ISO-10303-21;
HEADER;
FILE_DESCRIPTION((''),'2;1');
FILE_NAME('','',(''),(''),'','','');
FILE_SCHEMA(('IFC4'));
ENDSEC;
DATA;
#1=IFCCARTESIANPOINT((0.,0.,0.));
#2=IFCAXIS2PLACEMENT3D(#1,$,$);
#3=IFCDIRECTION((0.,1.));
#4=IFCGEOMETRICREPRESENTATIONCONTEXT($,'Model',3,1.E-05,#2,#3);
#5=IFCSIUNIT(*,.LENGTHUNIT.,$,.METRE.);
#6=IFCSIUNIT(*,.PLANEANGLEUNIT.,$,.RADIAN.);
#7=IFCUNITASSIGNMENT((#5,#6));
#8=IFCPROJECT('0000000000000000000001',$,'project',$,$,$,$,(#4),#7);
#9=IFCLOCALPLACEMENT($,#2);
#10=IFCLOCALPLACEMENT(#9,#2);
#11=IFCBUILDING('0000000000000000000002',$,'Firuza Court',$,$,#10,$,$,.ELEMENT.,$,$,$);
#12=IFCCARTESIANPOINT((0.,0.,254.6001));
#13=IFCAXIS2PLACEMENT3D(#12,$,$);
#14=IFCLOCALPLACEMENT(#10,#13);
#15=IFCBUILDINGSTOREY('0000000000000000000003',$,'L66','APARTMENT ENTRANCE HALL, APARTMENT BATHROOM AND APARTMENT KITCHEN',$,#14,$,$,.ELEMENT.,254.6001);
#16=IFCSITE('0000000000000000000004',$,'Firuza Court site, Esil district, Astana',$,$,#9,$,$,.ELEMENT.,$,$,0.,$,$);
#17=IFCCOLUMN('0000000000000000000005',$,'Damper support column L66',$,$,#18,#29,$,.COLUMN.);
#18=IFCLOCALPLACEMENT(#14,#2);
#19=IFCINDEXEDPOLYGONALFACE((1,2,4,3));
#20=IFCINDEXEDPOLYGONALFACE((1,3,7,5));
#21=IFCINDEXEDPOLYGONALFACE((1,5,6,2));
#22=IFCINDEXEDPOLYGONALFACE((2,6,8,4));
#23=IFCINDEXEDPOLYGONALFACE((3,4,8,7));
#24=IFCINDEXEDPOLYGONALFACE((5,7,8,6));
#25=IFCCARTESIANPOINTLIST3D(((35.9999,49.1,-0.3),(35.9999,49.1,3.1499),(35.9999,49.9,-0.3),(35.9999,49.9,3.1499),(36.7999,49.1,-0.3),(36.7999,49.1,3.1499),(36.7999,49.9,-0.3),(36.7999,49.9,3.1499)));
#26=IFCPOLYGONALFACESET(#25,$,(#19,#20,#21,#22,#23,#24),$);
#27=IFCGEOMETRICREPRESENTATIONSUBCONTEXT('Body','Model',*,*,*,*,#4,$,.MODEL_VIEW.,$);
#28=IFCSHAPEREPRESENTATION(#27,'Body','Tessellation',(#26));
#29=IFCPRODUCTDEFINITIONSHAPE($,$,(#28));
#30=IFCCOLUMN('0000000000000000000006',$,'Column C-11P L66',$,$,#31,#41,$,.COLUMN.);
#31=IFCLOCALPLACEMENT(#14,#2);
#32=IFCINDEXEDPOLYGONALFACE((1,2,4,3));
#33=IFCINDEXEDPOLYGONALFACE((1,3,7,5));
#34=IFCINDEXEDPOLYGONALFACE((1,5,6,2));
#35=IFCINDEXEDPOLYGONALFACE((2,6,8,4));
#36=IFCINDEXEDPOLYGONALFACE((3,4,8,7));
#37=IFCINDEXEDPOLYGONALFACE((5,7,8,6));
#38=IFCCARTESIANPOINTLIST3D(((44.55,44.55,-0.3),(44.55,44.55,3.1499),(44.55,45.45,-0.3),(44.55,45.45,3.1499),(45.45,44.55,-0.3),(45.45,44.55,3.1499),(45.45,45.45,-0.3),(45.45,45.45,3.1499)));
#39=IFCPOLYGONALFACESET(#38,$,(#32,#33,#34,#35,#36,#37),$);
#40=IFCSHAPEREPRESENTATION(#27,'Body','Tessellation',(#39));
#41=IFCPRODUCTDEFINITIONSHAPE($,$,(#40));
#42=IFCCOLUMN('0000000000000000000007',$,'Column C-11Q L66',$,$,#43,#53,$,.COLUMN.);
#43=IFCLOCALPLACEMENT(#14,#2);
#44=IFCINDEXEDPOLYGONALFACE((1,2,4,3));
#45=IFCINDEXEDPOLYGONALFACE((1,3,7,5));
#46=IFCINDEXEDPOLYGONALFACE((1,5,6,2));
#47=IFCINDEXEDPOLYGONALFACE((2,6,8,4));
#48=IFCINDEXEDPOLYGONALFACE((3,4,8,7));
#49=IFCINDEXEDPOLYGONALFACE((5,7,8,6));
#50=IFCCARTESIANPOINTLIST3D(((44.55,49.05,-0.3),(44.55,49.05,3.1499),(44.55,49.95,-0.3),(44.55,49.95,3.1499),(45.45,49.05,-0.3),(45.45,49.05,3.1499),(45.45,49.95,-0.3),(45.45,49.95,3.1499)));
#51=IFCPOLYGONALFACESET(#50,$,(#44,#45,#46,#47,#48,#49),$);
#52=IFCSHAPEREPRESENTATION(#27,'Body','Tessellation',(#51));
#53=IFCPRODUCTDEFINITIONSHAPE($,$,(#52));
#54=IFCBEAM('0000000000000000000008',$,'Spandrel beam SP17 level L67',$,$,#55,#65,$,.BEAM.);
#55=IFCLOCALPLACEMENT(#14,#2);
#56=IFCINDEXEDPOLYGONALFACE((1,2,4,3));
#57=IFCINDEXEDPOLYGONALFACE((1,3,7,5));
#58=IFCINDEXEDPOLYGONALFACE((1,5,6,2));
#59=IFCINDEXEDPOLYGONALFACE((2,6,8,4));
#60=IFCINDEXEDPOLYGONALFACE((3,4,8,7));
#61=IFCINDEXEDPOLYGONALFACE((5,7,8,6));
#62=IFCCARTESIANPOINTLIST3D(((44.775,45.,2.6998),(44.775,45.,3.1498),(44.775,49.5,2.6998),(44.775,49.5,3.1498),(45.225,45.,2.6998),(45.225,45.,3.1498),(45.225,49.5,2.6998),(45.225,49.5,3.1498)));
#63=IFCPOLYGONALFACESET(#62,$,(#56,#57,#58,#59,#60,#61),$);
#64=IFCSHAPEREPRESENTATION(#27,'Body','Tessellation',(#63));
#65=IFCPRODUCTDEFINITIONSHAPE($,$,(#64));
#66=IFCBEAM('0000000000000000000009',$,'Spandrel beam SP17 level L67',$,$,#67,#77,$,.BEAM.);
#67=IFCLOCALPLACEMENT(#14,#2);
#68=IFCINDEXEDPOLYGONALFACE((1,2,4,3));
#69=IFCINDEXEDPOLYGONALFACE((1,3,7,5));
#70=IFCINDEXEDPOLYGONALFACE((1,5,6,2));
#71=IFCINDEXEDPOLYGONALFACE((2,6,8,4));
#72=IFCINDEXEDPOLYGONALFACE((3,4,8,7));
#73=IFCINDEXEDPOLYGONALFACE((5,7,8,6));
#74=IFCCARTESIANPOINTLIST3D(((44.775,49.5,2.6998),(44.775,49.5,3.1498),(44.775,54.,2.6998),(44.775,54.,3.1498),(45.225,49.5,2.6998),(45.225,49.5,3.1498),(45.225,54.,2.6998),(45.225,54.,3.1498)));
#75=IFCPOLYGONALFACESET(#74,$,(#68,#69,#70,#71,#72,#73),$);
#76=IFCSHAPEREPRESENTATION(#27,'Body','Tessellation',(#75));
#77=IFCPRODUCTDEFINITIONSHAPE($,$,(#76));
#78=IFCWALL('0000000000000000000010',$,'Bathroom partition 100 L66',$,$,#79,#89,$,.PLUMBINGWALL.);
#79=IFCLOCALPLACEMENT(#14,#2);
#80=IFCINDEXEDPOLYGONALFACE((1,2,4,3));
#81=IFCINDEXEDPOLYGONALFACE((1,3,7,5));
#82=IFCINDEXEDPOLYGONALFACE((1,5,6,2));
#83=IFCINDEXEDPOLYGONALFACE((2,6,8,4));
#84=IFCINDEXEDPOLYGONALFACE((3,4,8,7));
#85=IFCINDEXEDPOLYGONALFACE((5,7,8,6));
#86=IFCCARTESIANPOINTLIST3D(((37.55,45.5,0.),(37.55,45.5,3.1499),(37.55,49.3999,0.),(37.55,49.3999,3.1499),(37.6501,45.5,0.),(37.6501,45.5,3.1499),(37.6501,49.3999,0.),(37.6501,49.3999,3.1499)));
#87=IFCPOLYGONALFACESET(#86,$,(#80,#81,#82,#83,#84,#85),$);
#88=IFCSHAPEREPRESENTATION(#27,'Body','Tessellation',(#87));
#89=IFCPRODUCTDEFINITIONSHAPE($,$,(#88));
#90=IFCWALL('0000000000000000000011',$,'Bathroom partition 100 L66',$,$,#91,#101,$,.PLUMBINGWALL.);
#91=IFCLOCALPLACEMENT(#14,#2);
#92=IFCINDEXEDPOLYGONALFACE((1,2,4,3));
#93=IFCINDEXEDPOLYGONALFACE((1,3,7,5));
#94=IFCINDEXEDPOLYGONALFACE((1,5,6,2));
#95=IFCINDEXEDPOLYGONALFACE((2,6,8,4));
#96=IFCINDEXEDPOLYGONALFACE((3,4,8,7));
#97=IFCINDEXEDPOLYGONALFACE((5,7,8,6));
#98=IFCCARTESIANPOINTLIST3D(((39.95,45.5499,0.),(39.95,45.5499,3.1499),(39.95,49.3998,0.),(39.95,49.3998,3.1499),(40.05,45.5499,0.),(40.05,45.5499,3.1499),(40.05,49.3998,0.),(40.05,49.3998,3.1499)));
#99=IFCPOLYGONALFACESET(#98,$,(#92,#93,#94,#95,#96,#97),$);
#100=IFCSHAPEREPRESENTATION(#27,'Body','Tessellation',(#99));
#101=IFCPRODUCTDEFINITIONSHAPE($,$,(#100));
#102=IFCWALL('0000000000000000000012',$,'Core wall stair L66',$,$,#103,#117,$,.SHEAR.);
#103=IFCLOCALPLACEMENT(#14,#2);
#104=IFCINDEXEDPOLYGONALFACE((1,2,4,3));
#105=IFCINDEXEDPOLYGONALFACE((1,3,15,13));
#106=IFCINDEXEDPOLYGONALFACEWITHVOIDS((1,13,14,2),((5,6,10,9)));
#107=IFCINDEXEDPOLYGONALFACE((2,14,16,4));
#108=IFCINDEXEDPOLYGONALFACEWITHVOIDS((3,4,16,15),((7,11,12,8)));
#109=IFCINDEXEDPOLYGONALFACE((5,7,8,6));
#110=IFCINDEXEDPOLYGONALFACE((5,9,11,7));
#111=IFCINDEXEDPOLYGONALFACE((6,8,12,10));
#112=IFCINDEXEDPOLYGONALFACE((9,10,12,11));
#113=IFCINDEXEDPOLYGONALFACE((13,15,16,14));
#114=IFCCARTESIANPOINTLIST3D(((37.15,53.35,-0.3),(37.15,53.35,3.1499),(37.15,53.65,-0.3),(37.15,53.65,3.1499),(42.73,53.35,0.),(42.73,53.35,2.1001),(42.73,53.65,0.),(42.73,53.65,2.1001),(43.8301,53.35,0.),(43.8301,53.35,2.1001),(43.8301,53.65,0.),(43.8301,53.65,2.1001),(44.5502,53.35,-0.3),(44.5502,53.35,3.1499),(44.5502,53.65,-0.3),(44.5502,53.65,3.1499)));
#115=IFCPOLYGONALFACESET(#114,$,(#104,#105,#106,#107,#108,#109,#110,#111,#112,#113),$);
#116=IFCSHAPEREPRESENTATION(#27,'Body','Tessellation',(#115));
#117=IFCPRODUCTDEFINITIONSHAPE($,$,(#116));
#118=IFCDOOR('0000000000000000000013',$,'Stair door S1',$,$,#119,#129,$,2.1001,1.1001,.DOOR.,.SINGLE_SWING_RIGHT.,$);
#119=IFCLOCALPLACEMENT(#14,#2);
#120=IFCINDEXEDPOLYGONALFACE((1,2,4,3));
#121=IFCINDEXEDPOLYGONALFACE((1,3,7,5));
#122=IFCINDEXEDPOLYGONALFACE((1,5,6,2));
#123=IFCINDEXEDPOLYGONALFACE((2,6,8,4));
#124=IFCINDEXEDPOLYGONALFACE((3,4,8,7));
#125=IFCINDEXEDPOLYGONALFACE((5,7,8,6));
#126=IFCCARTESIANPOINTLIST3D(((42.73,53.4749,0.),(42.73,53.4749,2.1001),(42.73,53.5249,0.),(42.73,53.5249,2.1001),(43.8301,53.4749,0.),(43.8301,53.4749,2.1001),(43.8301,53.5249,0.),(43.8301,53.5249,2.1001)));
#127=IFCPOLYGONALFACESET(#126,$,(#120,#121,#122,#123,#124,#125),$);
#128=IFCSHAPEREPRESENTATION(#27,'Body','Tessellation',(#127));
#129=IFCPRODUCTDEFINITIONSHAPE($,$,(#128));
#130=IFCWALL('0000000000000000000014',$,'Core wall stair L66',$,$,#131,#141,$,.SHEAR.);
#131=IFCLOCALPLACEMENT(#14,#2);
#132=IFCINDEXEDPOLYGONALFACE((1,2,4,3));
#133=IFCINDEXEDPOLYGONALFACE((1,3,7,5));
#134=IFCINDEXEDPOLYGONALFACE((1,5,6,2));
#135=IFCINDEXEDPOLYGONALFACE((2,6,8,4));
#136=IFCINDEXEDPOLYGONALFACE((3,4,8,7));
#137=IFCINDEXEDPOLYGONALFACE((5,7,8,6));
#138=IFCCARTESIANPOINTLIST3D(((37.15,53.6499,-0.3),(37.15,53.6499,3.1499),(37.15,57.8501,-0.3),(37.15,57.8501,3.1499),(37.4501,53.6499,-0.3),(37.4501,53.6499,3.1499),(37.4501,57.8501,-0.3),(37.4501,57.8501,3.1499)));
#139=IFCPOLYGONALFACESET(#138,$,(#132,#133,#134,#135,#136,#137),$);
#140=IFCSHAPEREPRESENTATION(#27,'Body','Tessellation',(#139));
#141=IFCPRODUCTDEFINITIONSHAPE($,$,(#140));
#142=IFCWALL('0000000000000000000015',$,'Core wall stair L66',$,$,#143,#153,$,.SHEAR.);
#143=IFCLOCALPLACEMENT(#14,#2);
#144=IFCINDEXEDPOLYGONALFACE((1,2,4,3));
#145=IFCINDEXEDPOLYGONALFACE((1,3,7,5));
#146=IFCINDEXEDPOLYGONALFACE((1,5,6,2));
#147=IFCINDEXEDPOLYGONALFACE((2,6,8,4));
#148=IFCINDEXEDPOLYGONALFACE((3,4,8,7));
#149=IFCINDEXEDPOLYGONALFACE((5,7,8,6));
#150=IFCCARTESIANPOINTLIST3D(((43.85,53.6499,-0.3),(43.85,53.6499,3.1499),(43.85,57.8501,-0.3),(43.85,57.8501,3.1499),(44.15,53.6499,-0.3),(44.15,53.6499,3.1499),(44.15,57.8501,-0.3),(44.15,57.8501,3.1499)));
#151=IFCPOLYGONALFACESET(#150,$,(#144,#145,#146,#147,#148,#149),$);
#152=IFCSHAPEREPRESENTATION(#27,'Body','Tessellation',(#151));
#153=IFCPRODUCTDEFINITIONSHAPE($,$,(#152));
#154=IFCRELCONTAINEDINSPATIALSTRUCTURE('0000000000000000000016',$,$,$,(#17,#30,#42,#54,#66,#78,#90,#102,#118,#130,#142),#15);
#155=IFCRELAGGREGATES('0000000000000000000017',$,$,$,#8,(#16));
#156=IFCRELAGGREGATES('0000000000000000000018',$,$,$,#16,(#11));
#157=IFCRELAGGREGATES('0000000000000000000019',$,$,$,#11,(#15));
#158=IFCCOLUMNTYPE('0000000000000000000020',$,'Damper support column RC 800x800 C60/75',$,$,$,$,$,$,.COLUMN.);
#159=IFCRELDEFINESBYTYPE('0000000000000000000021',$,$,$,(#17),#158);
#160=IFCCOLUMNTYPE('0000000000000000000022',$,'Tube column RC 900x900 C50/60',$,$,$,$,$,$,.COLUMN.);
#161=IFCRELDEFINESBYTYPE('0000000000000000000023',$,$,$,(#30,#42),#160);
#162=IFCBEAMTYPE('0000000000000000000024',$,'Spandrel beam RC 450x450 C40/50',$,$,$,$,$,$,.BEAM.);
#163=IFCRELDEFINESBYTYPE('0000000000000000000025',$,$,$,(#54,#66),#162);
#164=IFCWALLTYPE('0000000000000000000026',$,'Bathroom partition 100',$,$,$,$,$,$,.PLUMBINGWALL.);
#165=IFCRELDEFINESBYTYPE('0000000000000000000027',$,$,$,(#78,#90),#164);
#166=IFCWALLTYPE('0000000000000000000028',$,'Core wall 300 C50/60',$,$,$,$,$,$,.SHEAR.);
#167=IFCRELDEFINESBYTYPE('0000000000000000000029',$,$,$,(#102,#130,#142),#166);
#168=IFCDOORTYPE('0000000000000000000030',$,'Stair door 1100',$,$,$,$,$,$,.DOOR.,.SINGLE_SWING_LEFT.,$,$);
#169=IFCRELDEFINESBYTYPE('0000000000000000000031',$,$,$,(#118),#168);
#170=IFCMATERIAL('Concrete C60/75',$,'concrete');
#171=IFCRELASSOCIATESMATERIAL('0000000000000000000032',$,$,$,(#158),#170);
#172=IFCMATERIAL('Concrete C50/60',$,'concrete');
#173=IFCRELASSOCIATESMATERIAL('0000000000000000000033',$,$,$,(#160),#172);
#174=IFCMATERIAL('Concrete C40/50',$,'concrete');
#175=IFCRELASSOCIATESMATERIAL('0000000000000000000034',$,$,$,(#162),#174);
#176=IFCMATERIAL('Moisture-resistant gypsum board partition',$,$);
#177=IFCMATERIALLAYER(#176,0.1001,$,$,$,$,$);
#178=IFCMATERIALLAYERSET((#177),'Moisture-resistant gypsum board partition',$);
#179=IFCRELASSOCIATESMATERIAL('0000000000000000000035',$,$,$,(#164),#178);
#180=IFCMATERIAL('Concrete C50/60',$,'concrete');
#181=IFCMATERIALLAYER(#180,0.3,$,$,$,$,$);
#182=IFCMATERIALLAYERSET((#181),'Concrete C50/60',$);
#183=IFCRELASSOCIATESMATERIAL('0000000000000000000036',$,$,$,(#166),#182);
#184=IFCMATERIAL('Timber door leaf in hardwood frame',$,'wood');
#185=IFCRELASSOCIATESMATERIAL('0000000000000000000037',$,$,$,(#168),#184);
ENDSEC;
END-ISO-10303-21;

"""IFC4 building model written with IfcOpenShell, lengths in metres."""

from ifc_helpers import new_model, si_unit, direction, frame, frame_2d, origin, origin_2d, place, context, subcontext, project, spatial, rectangle, extrude, material, layer, layer_set, material_profile, profile_set, type_object, element, fill, save


model = new_model("IFC4")

# Units and contexts
model_context = context("Model", 3, precision=1e-05, world=origin(), true_north=direction((0.0, 1.0)))
body_context = subcontext(model_context, "Body", "Model", "MODEL_VIEW")
ifc_project = project(units=[si_unit("LENGTHUNIT", "METRE"), si_unit("PLANEANGLEUNIT", "RADIAN")], contexts=[model_context])

# Site, building, storey
site_placement = place(None, origin())
site = spatial("IfcSite", under=ifc_project, at=site_placement, Name="Firuza Court site, Esil district, Astana", CompositionType="ELEMENT", RefElevation=0.0)
building_placement = place(site_placement, origin())
building = spatial("IfcBuilding", under=site, at=building_placement, Name="Firuza Court", CompositionType="ELEMENT")
storey_placement = place(building_placement, frame((0.0, 0.0, 254.6001)))
storey = spatial("IfcBuildingStorey", under=building, at=storey_placement, Name="L66", Description="APARTMENT ENTRANCE HALL, APARTMENT BATHROOM AND APARTMENT KITCHEN", CompositionType="ELEMENT", Elevation=254.6001)

# Columns
ifc_material_1 = material(Name="Concrete C60/75", Category="concrete")
ifc_material_profile_1 = material_profile(ifc_material_1, rectangle(XDim=0.8, YDim=0.8, at=origin_2d()), Name="RC 800x800")
ifc_profile_set_1 = profile_set([ifc_material_profile_1], Name="Concrete C60/75")
column_type_1 = type_object("IfcColumnType", Name="Damper support column RC 800x800 C60/75", PredefinedType="COLUMN", material=ifc_profile_set_1)
column_placement = place(storey_placement, frame((36.3999, 49.5, -0.3), z_axis=(0.0, 0.0, 1.0), x_axis=(1.0, 0.0, 0.0)))
element("IfcColumn", 1, at=column_placement, inside=storey, type_object=column_type_1, Name="Damper support column L66", PredefinedType="COLUMN", context=body_context, shape_type="SweptSolid", body=[
    extrude(rectangle(XDim=0.8, YDim=0.8, at=origin_2d()), origin(), (0.0, 0.0, 1.0), 3.45),
])
ifc_material_2 = material(Name="Concrete C50/60", Category="concrete")
ifc_material_profile_2 = material_profile(ifc_material_2, rectangle(XDim=0.8999, YDim=0.8999, at=origin_2d()), Name="RC 900x900")
ifc_profile_set_2 = profile_set([ifc_material_profile_2], Name="Concrete C50/60")
column_type_2 = type_object("IfcColumnType", Name="Tube column RC 900x900 C50/60", PredefinedType="COLUMN", material=ifc_profile_set_2)
for number, where, z_axis, x_axis, name in (
    (2, (45.0, 45.0, -0.3), (0.0, 0.0, 1.0), (1.0, 0.0, 0.0), "Column C-11P L66"),
    (3, (45.0, 49.5, -0.3), (0.0, 0.0, 1.0), (1.0, 0.0, 0.0), "Column C-11Q L66"),
):
    element("IfcColumn", number, at=place(storey_placement, frame(where, z_axis=z_axis, x_axis=x_axis)), inside=storey, type_object=column_type_2, Name=name, PredefinedType="COLUMN", context=body_context, shape_type="SweptSolid", body=[
        extrude(rectangle(XDim=0.8999, YDim=0.8999, at=origin_2d()), origin(), (0.0, 0.0, 1.0), 3.45),
    ])

# Beams
ifc_material_3 = material(Name="Concrete C40/50", Category="concrete")
ifc_material_profile_3 = material_profile(ifc_material_3, rectangle(XDim=0.45, YDim=0.45, at=origin_2d()), Name="RC 450x450")
ifc_profile_set_3 = profile_set([ifc_material_profile_3], Name="Concrete C40/50")
beam_type = type_object("IfcBeamType", Name="Spandrel beam RC 450x450 C40/50", PredefinedType="BEAM", material=ifc_profile_set_3)
for number, where, z_axis, x_axis, name in (
    (4, (45.0, 45.0, 2.9248), (0.0, 1.0, 0.0), (-1.0, 0.0, 0.0), "Spandrel beam SP17 level L67"),
    (5, (45.0, 49.5, 2.9248), (0.0, 1.0, 0.0), (-1.0, 0.0, 0.0), "Spandrel beam SP17 level L67"),
):
    element("IfcBeam", number, at=place(storey_placement, frame(where, z_axis=z_axis, x_axis=x_axis)), inside=storey, type_object=beam_type, Name=name, PredefinedType="BEAM", context=body_context, shape_type="SweptSolid", body=[
        extrude(rectangle(XDim=0.45, YDim=0.45, at=origin_2d()), origin(), (0.0, 0.0, 1.0), 4.5),
    ])

# Walls
ifc_material_4 = material(Name="Moisture-resistant gypsum board partition")
ifc_layer_1 = layer(ifc_material_4, 0.1001)
ifc_layer_set_1 = layer_set([ifc_layer_1], Name="Moisture-resistant gypsum board partition")
wall_type_1 = type_object("IfcWallType", Name="Bathroom partition 100", PredefinedType="PLUMBINGWALL", material=ifc_layer_set_1)
wall_1_placement = place(storey_placement, frame((37.6001, 45.5, 0.0), z_axis=(0.0, 0.0, 1.0), x_axis=(0.0, 1.0, 0.0)))
element("IfcWall", 6, at=wall_1_placement, inside=storey, type_object=wall_type_1, Name="Bathroom partition 100 L66", PredefinedType="PLUMBINGWALL", context=body_context, shape_type="SweptSolid", body=[
    extrude(rectangle(XDim=3.8999, YDim=0.1001, at=frame_2d((1.95, 0.0))), origin(), (0.0, 0.0, 1.0), 3.1499),
])
wall_2_placement = place(storey_placement, frame((40.0, 45.55, 0.0), z_axis=(0.0, 0.0, 1.0), x_axis=(0.0, 1.0, 0.0)))
element("IfcWall", 7, at=wall_2_placement, inside=storey, type_object=wall_type_1, Name="Bathroom partition 100 L66", PredefinedType="PLUMBINGWALL", context=body_context, shape_type="SweptSolid", body=[
    extrude(rectangle(XDim=3.8499, YDim=0.1001, at=frame_2d((1.9248, 0.0))), origin(), (0.0, 0.0, 1.0), 3.1499),
])

# Wall, opening, door
ifc_material_5 = material(Name="Concrete C50/60", Category="concrete")
ifc_layer_2 = layer(ifc_material_5, 0.3)
ifc_layer_set_2 = layer_set([ifc_layer_2], Name="Concrete C50/60")
wall_type_2 = type_object("IfcWallType", Name="Core wall 300 C50/60", PredefinedType="SHEAR", material=ifc_layer_set_2)
wall_3_placement = place(storey_placement, frame((37.1499, 53.5, -0.3), z_axis=(0.0, 0.0, 1.0), x_axis=(1.0, 0.0, 0.0)))
wall_3 = element("IfcWall", 8, at=wall_3_placement, inside=storey, type_object=wall_type_2, Name="Core wall stair L66", PredefinedType="SHEAR", context=body_context, shape_type="SweptSolid", body=[
    extrude(rectangle(XDim=7.4001, YDim=0.3, at=frame_2d((3.7002, 0.0))), origin(), (0.0, 0.0, 1.0), 3.45),
])
opening_1_placement = place(wall_3_placement, frame((5.5801, 0.0, 0.3)))
opening_1 = element("IfcOpeningElement", 9, at=opening_1_placement, cuts=wall_3, PredefinedType="OPENING", context=body_context, shape_type="SweptSolid", body=[
    extrude(rectangle(XDim=1.1001, YDim=2.1001, at=frame_2d((0.55, 1.05))), frame((0.0, 0.1621, 0.0), z_axis=(0.0, -1.0, 0.0), x_axis=(1.0, 0.0, 0.0)), (0.0, 0.0, 1.0), 0.324),
])
ifc_material_6 = material(Name="Timber door leaf in hardwood frame", Category="wood")
door_type_1 = type_object("IfcDoorType", Name="Stair door 1100", OperationType="SINGLE_SWING_LEFT", PredefinedType="DOOR", material=ifc_material_6)
door_1_placement = place(opening_1_placement, origin())
door_1 = element("IfcDoor", 10, at=door_1_placement, inside=storey, type_object=door_type_1, Name="Stair door S1", OperationType="SINGLE_SWING_RIGHT", OverallHeight=2.1001, OverallWidth=1.1001, PredefinedType="DOOR", context=body_context, shape_type="SweptSolid", body=[
    extrude(rectangle(XDim=1.1001, YDim=2.1001, at=frame_2d((0.55, 1.05))), frame((0.0, 0.0249, 0.0), z_axis=(0.0, -1.0, 0.0), x_axis=(1.0, 0.0, 0.0)), (0.0, 0.0, 1.0), 0.05),
])
fill(opening_1, door_1)

# Walls
for number, where, z_axis, x_axis, name in (
    (11, (37.3, 53.6499, -0.3), (0.0, 0.0, 1.0), (0.0, 1.0, 0.0), "Core wall stair L66"),
    (12, (44.0, 53.6499, -0.3), (0.0, 0.0, 1.0), (0.0, 1.0, 0.0), "Core wall stair L66"),
):
    element("IfcWall", number, at=place(storey_placement, frame(where, z_axis=z_axis, x_axis=x_axis)), inside=storey, type_object=wall_type_2, Name=name, PredefinedType="SHEAR", context=body_context, shape_type="SweptSolid", body=[
        extrude(rectangle(XDim=4.2002, YDim=0.3, at=frame_2d((2.1001, 0.0))), origin(), (0.0, 0.0, 1.0), 3.45),
    ])

save(model, "model.ifc")
